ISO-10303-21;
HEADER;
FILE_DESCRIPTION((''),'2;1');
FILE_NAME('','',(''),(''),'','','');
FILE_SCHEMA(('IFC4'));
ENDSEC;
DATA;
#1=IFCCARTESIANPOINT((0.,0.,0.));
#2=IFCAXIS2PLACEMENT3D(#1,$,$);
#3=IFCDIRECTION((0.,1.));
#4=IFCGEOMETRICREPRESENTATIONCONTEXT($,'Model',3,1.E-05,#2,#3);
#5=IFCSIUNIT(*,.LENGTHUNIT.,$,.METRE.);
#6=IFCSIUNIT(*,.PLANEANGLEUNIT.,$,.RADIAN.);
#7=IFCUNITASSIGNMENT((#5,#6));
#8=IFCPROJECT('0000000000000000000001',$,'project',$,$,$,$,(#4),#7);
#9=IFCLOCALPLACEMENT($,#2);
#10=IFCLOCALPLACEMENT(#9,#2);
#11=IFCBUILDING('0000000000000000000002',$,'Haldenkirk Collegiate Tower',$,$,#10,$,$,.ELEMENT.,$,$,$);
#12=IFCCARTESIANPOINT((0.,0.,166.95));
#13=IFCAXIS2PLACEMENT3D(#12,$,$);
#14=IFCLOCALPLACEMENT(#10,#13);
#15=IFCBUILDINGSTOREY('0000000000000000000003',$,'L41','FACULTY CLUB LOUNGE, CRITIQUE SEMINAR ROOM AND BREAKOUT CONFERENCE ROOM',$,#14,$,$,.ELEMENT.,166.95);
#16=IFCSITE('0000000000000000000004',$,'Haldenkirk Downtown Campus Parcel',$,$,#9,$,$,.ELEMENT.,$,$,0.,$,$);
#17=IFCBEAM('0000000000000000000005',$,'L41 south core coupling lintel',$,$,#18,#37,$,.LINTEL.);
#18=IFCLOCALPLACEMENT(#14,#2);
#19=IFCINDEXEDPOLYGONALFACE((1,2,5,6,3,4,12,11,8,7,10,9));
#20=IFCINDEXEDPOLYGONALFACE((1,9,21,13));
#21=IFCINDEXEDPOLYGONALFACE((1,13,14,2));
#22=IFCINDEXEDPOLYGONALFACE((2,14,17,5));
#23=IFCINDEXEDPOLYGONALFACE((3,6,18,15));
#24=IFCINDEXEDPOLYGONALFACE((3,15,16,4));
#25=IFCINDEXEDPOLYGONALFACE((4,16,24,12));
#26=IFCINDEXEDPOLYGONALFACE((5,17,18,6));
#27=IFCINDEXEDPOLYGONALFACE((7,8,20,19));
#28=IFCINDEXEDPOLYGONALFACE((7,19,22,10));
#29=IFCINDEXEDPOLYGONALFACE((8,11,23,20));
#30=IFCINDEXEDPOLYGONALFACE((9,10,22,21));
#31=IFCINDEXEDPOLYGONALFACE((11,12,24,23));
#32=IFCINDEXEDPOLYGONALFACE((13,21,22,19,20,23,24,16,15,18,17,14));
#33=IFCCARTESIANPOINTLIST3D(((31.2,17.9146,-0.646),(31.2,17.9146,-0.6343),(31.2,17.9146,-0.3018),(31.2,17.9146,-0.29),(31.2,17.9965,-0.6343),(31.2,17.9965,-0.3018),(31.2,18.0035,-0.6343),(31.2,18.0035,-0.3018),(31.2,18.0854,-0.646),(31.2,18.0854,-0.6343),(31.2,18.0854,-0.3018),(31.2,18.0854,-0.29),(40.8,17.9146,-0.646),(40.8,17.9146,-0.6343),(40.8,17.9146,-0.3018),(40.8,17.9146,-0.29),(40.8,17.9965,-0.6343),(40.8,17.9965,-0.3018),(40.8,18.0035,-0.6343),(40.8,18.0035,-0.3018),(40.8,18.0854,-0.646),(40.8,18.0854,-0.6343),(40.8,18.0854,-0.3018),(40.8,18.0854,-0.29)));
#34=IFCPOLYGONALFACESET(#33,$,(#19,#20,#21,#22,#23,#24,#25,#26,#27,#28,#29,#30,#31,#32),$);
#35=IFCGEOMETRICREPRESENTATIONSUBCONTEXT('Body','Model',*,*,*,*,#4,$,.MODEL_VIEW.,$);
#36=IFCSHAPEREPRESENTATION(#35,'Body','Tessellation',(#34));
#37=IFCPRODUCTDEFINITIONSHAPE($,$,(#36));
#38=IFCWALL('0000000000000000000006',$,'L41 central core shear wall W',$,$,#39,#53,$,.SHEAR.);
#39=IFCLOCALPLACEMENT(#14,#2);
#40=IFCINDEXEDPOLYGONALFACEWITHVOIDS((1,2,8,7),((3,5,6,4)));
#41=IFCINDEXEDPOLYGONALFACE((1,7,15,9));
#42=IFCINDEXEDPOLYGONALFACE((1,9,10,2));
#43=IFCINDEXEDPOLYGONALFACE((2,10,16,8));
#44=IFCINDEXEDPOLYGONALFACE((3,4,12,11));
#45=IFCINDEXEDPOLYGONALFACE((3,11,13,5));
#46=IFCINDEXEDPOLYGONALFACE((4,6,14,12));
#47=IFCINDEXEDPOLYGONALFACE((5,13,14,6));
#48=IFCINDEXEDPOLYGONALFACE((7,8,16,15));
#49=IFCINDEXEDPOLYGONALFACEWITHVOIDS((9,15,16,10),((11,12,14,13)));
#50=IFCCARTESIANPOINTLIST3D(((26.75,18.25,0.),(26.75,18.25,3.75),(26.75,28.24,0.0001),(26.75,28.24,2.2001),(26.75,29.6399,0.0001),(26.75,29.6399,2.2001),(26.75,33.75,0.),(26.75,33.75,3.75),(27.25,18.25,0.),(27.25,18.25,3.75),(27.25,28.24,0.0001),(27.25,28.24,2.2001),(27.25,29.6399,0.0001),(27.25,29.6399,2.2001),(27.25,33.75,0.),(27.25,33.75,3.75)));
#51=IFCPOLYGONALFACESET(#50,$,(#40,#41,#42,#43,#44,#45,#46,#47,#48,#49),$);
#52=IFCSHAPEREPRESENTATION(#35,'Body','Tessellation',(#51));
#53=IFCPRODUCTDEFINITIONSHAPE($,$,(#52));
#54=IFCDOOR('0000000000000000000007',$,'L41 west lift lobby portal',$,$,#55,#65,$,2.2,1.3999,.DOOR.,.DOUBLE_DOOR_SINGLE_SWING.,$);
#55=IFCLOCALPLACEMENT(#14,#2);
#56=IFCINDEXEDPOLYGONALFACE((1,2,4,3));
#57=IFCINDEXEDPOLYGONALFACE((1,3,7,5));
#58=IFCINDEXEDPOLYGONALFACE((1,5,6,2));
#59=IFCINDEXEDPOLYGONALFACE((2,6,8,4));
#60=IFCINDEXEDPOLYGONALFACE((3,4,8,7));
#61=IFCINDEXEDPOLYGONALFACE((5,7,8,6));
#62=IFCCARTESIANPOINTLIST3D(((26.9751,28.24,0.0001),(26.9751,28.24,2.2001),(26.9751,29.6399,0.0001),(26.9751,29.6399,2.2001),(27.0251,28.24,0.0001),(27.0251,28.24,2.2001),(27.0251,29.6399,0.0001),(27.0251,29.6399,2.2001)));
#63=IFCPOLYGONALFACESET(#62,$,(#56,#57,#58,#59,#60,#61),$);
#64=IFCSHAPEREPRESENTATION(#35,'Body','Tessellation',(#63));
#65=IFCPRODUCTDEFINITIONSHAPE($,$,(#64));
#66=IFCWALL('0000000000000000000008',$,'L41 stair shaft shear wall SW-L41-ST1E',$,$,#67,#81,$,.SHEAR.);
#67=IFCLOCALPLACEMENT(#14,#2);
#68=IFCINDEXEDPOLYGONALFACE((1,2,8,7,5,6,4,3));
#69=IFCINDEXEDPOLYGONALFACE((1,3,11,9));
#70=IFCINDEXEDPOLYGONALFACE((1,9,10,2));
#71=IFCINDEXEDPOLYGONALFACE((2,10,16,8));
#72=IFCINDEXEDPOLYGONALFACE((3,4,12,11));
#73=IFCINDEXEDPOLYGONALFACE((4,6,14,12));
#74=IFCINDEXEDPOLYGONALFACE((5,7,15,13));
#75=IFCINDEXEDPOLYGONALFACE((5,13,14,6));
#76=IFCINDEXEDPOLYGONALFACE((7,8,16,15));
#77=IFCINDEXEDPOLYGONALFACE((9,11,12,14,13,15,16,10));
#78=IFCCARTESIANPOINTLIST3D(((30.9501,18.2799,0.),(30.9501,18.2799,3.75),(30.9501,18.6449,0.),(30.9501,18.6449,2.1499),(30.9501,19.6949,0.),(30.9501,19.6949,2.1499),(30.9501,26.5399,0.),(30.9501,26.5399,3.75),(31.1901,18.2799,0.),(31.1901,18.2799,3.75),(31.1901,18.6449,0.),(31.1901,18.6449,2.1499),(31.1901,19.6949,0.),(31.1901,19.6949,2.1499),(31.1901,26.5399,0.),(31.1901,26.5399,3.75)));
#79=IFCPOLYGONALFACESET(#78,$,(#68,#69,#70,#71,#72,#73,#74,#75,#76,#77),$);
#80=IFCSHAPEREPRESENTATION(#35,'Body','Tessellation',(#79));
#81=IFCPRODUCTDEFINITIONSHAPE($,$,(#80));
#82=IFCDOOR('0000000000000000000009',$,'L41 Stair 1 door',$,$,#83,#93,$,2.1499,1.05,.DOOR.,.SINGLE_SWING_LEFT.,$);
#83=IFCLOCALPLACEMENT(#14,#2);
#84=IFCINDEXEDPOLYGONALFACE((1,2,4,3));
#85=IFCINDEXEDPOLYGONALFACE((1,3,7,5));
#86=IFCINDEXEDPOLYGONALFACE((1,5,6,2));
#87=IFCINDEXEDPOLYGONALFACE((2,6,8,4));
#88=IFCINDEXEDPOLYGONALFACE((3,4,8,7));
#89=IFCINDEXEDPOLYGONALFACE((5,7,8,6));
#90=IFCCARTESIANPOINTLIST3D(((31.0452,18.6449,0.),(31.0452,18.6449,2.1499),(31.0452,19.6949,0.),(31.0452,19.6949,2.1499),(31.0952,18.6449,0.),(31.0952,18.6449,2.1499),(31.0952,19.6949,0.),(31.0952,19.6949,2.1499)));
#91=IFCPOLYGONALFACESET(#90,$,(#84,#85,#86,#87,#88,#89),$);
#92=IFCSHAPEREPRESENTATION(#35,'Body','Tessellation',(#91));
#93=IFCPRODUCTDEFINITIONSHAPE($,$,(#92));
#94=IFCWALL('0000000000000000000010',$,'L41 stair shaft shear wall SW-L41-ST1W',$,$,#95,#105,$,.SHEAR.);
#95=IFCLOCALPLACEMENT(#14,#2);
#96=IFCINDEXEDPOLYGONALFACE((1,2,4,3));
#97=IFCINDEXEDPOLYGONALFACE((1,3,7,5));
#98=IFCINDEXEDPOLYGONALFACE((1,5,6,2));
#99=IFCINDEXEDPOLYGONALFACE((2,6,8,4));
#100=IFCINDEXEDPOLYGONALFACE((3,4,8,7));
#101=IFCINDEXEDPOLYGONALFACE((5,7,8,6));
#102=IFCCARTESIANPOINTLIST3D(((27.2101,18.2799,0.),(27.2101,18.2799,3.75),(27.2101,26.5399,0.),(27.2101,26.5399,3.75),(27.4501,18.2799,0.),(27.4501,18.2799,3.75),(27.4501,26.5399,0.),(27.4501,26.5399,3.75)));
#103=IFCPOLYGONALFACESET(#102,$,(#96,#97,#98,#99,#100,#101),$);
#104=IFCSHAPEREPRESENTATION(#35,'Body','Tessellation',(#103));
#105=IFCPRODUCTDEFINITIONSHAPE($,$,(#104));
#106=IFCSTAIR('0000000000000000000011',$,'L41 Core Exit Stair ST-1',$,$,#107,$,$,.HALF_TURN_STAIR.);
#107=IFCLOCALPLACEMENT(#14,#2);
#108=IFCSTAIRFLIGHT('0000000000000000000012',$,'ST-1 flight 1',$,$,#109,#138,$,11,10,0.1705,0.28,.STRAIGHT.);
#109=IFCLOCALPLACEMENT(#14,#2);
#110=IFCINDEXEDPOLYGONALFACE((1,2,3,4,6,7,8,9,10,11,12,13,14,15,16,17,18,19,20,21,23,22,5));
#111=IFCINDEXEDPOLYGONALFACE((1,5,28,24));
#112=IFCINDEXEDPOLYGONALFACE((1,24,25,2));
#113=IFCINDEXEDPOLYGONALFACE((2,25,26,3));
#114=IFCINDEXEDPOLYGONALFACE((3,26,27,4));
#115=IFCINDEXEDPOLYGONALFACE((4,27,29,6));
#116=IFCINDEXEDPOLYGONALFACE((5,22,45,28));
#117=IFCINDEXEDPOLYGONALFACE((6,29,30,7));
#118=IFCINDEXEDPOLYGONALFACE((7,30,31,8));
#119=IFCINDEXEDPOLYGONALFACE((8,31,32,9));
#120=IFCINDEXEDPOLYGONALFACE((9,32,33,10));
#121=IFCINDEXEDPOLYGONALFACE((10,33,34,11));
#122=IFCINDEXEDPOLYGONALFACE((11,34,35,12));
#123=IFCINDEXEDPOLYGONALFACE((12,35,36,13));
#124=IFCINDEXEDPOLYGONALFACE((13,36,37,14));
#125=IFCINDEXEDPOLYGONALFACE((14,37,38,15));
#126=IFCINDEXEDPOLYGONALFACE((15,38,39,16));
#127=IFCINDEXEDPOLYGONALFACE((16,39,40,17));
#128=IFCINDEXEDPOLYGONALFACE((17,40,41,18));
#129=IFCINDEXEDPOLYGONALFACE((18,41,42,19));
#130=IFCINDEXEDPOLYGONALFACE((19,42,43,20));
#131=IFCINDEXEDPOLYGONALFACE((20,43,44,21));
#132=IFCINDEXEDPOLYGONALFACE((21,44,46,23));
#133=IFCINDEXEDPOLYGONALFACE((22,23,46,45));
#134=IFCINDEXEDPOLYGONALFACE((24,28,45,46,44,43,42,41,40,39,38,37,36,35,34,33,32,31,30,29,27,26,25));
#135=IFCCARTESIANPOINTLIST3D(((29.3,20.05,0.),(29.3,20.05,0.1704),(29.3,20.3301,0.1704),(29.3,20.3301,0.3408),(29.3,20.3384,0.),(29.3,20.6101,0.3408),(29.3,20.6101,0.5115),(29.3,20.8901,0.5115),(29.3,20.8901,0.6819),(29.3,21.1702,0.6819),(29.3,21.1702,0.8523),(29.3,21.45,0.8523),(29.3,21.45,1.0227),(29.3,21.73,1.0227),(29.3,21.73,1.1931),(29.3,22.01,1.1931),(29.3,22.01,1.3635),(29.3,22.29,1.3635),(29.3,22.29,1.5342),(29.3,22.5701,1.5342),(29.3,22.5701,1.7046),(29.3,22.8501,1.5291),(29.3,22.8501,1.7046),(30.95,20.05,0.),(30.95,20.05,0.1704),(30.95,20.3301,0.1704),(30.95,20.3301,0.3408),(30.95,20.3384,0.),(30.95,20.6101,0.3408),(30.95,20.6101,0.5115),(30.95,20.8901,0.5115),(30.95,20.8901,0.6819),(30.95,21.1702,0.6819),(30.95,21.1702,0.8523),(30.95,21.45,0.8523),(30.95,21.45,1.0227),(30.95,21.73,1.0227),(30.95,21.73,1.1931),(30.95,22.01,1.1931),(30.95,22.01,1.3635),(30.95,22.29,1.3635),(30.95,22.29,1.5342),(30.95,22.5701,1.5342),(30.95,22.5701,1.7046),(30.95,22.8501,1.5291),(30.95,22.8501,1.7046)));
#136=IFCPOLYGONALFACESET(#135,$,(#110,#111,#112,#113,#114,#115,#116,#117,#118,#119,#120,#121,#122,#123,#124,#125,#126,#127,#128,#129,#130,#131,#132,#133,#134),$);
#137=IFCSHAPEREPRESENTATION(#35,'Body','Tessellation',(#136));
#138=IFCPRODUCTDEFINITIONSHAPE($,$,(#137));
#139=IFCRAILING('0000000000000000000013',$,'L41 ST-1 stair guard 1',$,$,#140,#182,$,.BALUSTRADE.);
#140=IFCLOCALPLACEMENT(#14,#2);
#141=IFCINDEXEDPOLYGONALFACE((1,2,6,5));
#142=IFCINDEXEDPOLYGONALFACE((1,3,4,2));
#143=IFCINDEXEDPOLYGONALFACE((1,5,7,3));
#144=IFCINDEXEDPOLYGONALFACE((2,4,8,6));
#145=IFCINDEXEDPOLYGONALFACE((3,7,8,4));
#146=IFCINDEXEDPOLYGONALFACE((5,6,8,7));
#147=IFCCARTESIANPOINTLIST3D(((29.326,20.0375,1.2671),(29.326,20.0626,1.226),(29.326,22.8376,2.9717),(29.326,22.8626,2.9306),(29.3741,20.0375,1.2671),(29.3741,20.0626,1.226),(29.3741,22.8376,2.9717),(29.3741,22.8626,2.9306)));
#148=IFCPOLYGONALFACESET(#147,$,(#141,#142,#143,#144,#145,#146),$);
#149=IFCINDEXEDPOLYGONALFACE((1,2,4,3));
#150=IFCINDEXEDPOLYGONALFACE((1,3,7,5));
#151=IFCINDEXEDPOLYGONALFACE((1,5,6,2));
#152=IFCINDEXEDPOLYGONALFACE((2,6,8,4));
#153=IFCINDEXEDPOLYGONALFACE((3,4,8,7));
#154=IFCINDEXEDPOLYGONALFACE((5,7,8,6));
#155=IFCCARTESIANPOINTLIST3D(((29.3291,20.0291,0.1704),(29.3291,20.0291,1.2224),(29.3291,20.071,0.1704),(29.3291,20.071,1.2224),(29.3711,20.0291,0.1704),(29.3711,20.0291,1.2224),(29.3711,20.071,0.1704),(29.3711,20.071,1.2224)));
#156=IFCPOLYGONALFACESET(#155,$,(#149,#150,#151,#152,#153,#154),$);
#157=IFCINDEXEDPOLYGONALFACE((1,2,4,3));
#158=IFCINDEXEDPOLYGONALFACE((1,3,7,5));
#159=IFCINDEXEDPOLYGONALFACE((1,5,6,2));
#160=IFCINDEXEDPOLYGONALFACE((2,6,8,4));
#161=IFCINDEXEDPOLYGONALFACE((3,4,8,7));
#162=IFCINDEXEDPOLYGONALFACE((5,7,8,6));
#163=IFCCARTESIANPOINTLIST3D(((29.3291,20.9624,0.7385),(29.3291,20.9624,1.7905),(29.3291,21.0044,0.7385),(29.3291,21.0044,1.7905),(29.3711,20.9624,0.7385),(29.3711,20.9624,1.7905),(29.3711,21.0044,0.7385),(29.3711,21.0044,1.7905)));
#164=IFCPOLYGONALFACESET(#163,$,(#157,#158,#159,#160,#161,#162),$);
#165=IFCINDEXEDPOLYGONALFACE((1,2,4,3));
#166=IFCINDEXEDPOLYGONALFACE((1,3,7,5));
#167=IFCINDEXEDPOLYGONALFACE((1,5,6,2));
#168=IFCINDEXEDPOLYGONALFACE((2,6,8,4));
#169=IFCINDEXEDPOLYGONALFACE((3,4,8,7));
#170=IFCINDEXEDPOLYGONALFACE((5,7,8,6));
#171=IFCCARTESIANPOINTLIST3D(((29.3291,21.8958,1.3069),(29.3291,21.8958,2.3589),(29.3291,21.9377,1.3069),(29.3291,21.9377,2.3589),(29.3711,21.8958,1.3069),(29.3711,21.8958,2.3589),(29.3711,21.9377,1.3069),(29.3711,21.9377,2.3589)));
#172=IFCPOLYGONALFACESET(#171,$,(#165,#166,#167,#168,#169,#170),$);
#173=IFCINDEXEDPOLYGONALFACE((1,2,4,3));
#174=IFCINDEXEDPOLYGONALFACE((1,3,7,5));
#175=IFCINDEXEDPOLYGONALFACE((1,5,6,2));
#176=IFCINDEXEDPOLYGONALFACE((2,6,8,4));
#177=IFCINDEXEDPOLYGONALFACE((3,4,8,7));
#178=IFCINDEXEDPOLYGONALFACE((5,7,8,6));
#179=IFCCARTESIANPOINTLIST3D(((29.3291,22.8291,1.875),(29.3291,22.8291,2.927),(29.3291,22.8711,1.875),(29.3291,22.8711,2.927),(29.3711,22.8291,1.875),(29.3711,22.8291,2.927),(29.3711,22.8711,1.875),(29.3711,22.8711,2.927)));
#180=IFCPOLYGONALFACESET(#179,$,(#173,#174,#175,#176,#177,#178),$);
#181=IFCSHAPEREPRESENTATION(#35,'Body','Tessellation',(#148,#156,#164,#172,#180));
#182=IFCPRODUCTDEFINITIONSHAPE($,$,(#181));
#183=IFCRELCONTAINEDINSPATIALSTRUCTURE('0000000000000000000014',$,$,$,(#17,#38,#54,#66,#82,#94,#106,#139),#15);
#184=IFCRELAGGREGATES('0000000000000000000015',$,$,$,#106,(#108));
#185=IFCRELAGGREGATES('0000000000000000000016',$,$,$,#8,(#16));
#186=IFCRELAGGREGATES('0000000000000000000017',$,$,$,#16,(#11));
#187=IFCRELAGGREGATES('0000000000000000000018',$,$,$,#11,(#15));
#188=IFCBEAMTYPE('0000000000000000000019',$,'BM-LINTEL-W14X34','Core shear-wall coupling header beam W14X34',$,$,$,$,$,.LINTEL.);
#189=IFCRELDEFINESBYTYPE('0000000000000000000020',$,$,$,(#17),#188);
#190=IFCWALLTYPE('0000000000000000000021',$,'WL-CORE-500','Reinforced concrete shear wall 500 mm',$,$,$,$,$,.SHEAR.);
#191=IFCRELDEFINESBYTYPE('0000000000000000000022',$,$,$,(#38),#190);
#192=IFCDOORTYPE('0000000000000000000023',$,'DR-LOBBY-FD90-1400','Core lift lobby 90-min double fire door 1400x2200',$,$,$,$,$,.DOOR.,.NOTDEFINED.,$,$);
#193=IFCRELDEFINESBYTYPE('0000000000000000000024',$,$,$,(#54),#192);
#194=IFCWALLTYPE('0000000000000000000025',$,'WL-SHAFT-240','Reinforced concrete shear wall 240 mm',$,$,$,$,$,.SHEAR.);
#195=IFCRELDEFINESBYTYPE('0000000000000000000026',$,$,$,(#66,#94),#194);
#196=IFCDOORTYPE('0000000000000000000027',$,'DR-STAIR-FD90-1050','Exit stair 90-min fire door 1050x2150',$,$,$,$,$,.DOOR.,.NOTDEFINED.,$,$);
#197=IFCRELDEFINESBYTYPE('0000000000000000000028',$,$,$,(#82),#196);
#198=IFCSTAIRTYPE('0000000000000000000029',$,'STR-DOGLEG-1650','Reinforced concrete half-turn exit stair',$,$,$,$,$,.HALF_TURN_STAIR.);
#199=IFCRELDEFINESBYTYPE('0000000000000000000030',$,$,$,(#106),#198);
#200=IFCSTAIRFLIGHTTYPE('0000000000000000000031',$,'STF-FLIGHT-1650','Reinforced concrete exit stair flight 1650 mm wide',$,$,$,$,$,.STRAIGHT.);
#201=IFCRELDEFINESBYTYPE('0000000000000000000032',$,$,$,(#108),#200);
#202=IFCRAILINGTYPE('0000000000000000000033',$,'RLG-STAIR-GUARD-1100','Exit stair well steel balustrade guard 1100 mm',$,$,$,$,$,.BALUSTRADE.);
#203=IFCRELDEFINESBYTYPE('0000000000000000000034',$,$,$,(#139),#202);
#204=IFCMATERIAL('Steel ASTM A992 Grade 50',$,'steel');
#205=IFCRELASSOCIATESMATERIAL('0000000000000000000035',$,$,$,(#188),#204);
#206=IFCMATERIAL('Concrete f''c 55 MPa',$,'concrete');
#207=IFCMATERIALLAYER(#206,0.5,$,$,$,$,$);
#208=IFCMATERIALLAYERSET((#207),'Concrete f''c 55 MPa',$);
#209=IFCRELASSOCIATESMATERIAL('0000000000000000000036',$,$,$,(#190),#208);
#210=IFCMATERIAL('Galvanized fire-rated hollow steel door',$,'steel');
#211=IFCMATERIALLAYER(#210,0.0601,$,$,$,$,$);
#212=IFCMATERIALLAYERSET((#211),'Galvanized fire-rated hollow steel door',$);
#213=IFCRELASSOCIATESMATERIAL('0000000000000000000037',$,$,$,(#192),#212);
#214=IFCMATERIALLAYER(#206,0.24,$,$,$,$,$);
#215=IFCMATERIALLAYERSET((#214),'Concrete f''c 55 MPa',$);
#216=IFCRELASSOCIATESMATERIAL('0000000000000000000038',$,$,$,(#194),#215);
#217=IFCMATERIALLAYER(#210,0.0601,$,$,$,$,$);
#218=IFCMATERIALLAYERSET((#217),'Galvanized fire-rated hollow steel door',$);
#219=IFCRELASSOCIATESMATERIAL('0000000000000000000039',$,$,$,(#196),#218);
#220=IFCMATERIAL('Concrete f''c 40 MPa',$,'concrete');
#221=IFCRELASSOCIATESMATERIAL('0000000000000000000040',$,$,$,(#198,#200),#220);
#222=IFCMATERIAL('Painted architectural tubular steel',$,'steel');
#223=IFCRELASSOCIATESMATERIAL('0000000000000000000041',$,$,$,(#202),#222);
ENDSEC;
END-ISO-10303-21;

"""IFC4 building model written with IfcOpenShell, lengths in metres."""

from ifc_helpers import new_model, si_unit, direction, frame, frame_2d, origin, origin_2d, place, context, subcontext, project, spatial, polyline, rectangle, i_section, outline, extrude, material, layer, layer_set, material_profile, profile_set, type_object, element, fill, aggregate, save


model = new_model("IFC4")

# Units and contexts
model_context = context("Model", 3, precision=1e-05, world=origin(), true_north=direction((0.0, 1.0)))
body_context = subcontext(model_context, "Body", "Model", "MODEL_VIEW")
ifc_project = project(units=[si_unit("LENGTHUNIT", "METRE"), si_unit("PLANEANGLEUNIT", "RADIAN")], contexts=[model_context])

# Site, building, storey
site_placement = place(None, origin())
site = spatial("IfcSite", under=ifc_project, at=site_placement, Name="Haldenkirk Downtown Campus Parcel", CompositionType="ELEMENT", RefElevation=0.0)
building_placement = place(site_placement, origin())
building = spatial("IfcBuilding", under=site, at=building_placement, Name="Haldenkirk Collegiate Tower", CompositionType="ELEMENT")
storey_placement = place(building_placement, frame((0.0, 0.0, 166.95)))
storey = spatial("IfcBuildingStorey", under=building, at=storey_placement, Name="L41", Description="FACULTY CLUB LOUNGE, CRITIQUE SEMINAR ROOM AND BREAKOUT CONFERENCE ROOM", CompositionType="ELEMENT", Elevation=166.95)

# Beam
ifc_material_1 = material(Name="Steel ASTM A992 Grade 50", Category="steel")
ifc_material_profile = material_profile(ifc_material_1, i_section(OverallWidth=0.1709, OverallDepth=0.356, WebThickness=0.0071, FlangeThickness=0.0117, at=origin_2d()), Name="W14X34")
ifc_profile_set = profile_set([ifc_material_profile], Name="Steel ASTM A992 Grade 50")
beam_type = type_object("IfcBeamType", Name="BM-LINTEL-W14X34", Description="Core shear-wall coupling header beam W14X34", PredefinedType="LINTEL", material=ifc_profile_set)
beam_placement = place(storey_placement, frame((31.2, 18.0, -0.468), z_axis=(1.0, 0.0, 0.0), x_axis=(0.0, 1.0, 0.0)))
element("IfcBeam", 1, at=beam_placement, inside=storey, type_object=beam_type, Name="L41 south core coupling lintel", PredefinedType="LINTEL", context=body_context, shape_type="SweptSolid", body=[
    extrude(i_section(OverallWidth=0.1709, OverallDepth=0.356, WebThickness=0.0071, FlangeThickness=0.0117, at=origin_2d()), origin(), (0.0, 0.0, 1.0), 9.6001),
])

# Shared definitions
ifc_material_2 = material(Name="Concrete f'c 55 MPa", Category="concrete")
ifc_layer_1 = layer(ifc_material_2, 0.5)
ifc_layer_set_1 = layer_set([ifc_layer_1], Name="Concrete f'c 55 MPa")
wall_type_1 = type_object("IfcWallType", Name="WL-CORE-500", Description="Reinforced concrete shear wall 500 mm", PredefinedType="SHEAR", material=ifc_layer_set_1)
ifc_material_3 = material(Name="Galvanized fire-rated hollow steel door", Category="steel")

# Walls, openings, doors
wall_1_placement = place(storey_placement, frame((27.0, 18.25, 0.0), z_axis=(0.0, 0.0, 1.0), x_axis=(0.0, 1.0, 0.0)))
wall_1 = element("IfcWall", 2, at=wall_1_placement, inside=storey, type_object=wall_type_1, Name="L41 central core shear wall W", PredefinedType="SHEAR", context=body_context, shape_type="SweptSolid", body=[
    extrude(rectangle(XDim=15.5, YDim=0.5, at=frame_2d((7.75, 0.0))), origin(), (0.0, 0.0, 1.0), 3.75),
])
opening_1_placement = place(wall_1_placement, frame((9.99, 0.0, 0.0)))
opening_1 = element("IfcOpeningElement", 3, at=opening_1_placement, cuts=wall_1, PredefinedType="OPENING", context=body_context, shape_type="SweptSolid", body=[
    extrude(rectangle(XDim=1.3999, YDim=2.2, at=frame_2d((0.7, 1.1001))), frame((0.0, 0.26, 0.0), z_axis=(0.0, -1.0, 0.0), x_axis=(1.0, 0.0, 0.0)), (0.0, 0.0, 1.0), 0.52),
])
ifc_layer_2 = layer(ifc_material_3, 0.0601)
ifc_layer_set_2 = layer_set([ifc_layer_2], Name="Galvanized fire-rated hollow steel door")
door_type_1 = type_object("IfcDoorType", Name="DR-LOBBY-FD90-1400", Description="Core lift lobby 90-min double fire door 1400x2200", OperationType="NOTDEFINED", PredefinedType="DOOR", material=ifc_layer_set_2)
door_1_placement = place(opening_1_placement, origin())
door_1 = element("IfcDoor", 4, at=door_1_placement, inside=storey, type_object=door_type_1, Name="L41 west lift lobby portal", OperationType="DOUBLE_DOOR_SINGLE_SWING", OverallHeight=2.2, OverallWidth=1.3999, PredefinedType="DOOR", context=body_context, shape_type="SweptSolid", body=[
    extrude(rectangle(XDim=1.3999, YDim=2.2, at=frame_2d((0.7, 1.1001))), frame((0.0, 0.0249, 0.0), z_axis=(0.0, -1.0, 0.0), x_axis=(1.0, 0.0, 0.0)), (0.0, 0.0, 1.0), 0.05),
])
fill(opening_1, door_1)
ifc_layer_3 = layer(ifc_material_2, 0.24)
ifc_layer_set_3 = layer_set([ifc_layer_3], Name="Concrete f'c 55 MPa")
wall_type_2 = type_object("IfcWallType", Name="WL-SHAFT-240", Description="Reinforced concrete shear wall 240 mm", PredefinedType="SHEAR", material=ifc_layer_set_3)
wall_2_placement = place(storey_placement, frame((31.0701, 18.28, 0.0), z_axis=(0.0, 0.0, 1.0), x_axis=(0.0, 1.0, 0.0)))
wall_2 = element("IfcWall", 5, at=wall_2_placement, inside=storey, type_object=wall_type_2, Name="L41 stair shaft shear wall SW-L41-ST1E", PredefinedType="SHEAR", context=body_context, shape_type="SweptSolid", body=[
    extrude(rectangle(XDim=8.26, YDim=0.24, at=frame_2d((4.1299, 0.0))), origin(), (0.0, 0.0, 1.0), 3.75),
])
opening_2_placement = place(wall_2_placement, frame((0.365, 0.0, 0.0)))
opening_2 = element("IfcOpeningElement", 6, at=opening_2_placement, cuts=wall_2, PredefinedType="OPENING", context=body_context, shape_type="SweptSolid", body=[
    extrude(rectangle(XDim=1.05, YDim=2.1499, at=frame_2d((0.5249, 1.075))), frame((0.0, 0.1299, 0.0), z_axis=(0.0, -1.0, 0.0), x_axis=(1.0, 0.0, 0.0)), (0.0, 0.0, 1.0), 0.26),
])
ifc_layer_4 = layer(ifc_material_3, 0.0601)
ifc_layer_set_4 = layer_set([ifc_layer_4], Name="Galvanized fire-rated hollow steel door")
door_type_2 = type_object("IfcDoorType", Name="DR-STAIR-FD90-1050", Description="Exit stair 90-min fire door 1050x2150", OperationType="NOTDEFINED", PredefinedType="DOOR", material=ifc_layer_set_4)
door_2_placement = place(opening_2_placement, origin())
door_2 = element("IfcDoor", 7, at=door_2_placement, inside=storey, type_object=door_type_2, Name="L41 Stair 1 door", OperationType="SINGLE_SWING_LEFT", OverallHeight=2.1499, OverallWidth=1.05, PredefinedType="DOOR", context=body_context, shape_type="SweptSolid", body=[
    extrude(rectangle(XDim=1.05, YDim=2.1499, at=frame_2d((0.5249, 1.075))), frame((0.0, 0.0249, 0.0), z_axis=(0.0, -1.0, 0.0), x_axis=(1.0, 0.0, 0.0)), (0.0, 0.0, 1.0), 0.05),
])
fill(opening_2, door_2)

# Wall
wall_3_placement = place(storey_placement, frame((27.3301, 18.28, 0.0), z_axis=(0.0, 0.0, 1.0), x_axis=(0.0, 1.0, 0.0)))
element("IfcWall", 8, at=wall_3_placement, inside=storey, type_object=wall_type_2, Name="L41 stair shaft shear wall SW-L41-ST1W", PredefinedType="SHEAR", context=body_context, shape_type="SweptSolid", body=[
    extrude(rectangle(XDim=8.26, YDim=0.24, at=frame_2d((4.1299, 0.0))), origin(), (0.0, 0.0, 1.0), 3.75),
])

# Stair, stair flight
ifc_material_4 = material(Name="Concrete f'c 40 MPa", Category="concrete")
stair_type = type_object("IfcStairType", Name="STR-DOGLEG-1650", Description="Reinforced concrete half-turn exit stair", PredefinedType="HALF_TURN_STAIR", material=ifc_material_4)
stair_placement = place(storey_placement, origin())
stair = element("IfcStair", 9, at=stair_placement, inside=storey, type_object=stair_type, Name="L41 Core Exit Stair ST-1", PredefinedType="HALF_TURN_STAIR")
stair_flight_type = type_object("IfcStairFlightType", Name="STF-FLIGHT-1650", Description="Reinforced concrete exit stair flight 1650 mm wide", PredefinedType="STRAIGHT", material=ifc_material_4)
stair_flight_placement = place(storey_placement, frame((30.125, 20.05, 0.0), z_axis=(0.0, 0.0, 1.0), x_axis=(0.0, 1.0, 0.0)))
stair_flight = element("IfcStairFlight", 10, at=stair_flight_placement, type_object=stair_flight_type, Name="ST-1 flight 1", NumberOfRisers=11, NumberOfTreads=10, PredefinedType="STRAIGHT", RiserHeight=0.1705, TreadLength=0.28, context=body_context, shape_type="SweptSolid", body=[
    extrude(outline(polyline([(0.0, 0.0), (0.0, 0.1704), (0.28, 0.1704), (0.28, 0.3408), (0.5601, 0.3408), (0.5601, 0.5115), (0.8401, 0.5115), (0.8401, 0.6819), (1.1201, 0.6819), (1.1201, 0.8523), (1.3999, 0.8523), (1.3999, 1.0227), (1.6799, 1.0227), (1.6799, 1.1931), (1.96, 1.1931), (1.96, 1.3635), (2.24, 1.3635), (2.24, 1.5342), (2.52, 1.5342), (2.52, 1.7046), (2.8, 1.7046), (2.8, 1.875), (2.8, 1.5291), (0.2883, 0.0), (0.0, 0.0)])), frame((0.0, 0.825, 0.0), z_axis=(0.0, -1.0, 0.0), x_axis=(1.0, 0.0, 0.0)), (0.0, 0.0, 1.0), 1.6499),
])
aggregate(stair, [stair_flight])

# Railing
ifc_material_5 = material(Name="Painted architectural tubular steel", Category="steel")
railing_type_1 = type_object("IfcRailingType", Name="RLG-STAIR-GUARD-1100", Description="Exit stair well steel balustrade guard 1100 mm", PredefinedType="BALUSTRADE", material=ifc_material_5)
railing_1_placement = place(storey_placement, frame((29.3501, 20.05, 0.1704)))
element("IfcRailing", 11, at=railing_1_placement, inside=storey, type_object=railing_type_1, Name="L41 ST-1 stair guard 1", PredefinedType="BALUSTRADE", context=body_context, shape_type="SweptSolid", body=[
    extrude(rectangle(XDim=0.0481, YDim=0.0481, at=origin_2d()), frame((0.0, 0.0, 1.0762), z_axis=(0.0, 0.85417, 0.519994), x_axis=(-1.0, 0.0, 0.0)), (0.0, 0.0, 1.0), 3.2781),
    extrude(rectangle(XDim=0.042, YDim=0.042, at=origin_2d()), origin(), (0.0, 0.0, 1.0), 1.052),
    extrude(rectangle(XDim=0.042, YDim=0.042, at=origin_2d()), frame((0.0, 0.9333, 0.5681)), (0.0, 0.0, 1.0), 1.052),
    extrude(rectangle(XDim=0.042, YDim=0.042, at=origin_2d()), frame((0.0, 1.8667, 1.1365)), (0.0, 0.0, 1.0), 1.052),
    extrude(rectangle(XDim=0.042, YDim=0.042, at=origin_2d()), frame((0.0, 2.8, 1.7046)), (0.0, 0.0, 1.0), 1.052),
])

save(model, "model.ifc")
